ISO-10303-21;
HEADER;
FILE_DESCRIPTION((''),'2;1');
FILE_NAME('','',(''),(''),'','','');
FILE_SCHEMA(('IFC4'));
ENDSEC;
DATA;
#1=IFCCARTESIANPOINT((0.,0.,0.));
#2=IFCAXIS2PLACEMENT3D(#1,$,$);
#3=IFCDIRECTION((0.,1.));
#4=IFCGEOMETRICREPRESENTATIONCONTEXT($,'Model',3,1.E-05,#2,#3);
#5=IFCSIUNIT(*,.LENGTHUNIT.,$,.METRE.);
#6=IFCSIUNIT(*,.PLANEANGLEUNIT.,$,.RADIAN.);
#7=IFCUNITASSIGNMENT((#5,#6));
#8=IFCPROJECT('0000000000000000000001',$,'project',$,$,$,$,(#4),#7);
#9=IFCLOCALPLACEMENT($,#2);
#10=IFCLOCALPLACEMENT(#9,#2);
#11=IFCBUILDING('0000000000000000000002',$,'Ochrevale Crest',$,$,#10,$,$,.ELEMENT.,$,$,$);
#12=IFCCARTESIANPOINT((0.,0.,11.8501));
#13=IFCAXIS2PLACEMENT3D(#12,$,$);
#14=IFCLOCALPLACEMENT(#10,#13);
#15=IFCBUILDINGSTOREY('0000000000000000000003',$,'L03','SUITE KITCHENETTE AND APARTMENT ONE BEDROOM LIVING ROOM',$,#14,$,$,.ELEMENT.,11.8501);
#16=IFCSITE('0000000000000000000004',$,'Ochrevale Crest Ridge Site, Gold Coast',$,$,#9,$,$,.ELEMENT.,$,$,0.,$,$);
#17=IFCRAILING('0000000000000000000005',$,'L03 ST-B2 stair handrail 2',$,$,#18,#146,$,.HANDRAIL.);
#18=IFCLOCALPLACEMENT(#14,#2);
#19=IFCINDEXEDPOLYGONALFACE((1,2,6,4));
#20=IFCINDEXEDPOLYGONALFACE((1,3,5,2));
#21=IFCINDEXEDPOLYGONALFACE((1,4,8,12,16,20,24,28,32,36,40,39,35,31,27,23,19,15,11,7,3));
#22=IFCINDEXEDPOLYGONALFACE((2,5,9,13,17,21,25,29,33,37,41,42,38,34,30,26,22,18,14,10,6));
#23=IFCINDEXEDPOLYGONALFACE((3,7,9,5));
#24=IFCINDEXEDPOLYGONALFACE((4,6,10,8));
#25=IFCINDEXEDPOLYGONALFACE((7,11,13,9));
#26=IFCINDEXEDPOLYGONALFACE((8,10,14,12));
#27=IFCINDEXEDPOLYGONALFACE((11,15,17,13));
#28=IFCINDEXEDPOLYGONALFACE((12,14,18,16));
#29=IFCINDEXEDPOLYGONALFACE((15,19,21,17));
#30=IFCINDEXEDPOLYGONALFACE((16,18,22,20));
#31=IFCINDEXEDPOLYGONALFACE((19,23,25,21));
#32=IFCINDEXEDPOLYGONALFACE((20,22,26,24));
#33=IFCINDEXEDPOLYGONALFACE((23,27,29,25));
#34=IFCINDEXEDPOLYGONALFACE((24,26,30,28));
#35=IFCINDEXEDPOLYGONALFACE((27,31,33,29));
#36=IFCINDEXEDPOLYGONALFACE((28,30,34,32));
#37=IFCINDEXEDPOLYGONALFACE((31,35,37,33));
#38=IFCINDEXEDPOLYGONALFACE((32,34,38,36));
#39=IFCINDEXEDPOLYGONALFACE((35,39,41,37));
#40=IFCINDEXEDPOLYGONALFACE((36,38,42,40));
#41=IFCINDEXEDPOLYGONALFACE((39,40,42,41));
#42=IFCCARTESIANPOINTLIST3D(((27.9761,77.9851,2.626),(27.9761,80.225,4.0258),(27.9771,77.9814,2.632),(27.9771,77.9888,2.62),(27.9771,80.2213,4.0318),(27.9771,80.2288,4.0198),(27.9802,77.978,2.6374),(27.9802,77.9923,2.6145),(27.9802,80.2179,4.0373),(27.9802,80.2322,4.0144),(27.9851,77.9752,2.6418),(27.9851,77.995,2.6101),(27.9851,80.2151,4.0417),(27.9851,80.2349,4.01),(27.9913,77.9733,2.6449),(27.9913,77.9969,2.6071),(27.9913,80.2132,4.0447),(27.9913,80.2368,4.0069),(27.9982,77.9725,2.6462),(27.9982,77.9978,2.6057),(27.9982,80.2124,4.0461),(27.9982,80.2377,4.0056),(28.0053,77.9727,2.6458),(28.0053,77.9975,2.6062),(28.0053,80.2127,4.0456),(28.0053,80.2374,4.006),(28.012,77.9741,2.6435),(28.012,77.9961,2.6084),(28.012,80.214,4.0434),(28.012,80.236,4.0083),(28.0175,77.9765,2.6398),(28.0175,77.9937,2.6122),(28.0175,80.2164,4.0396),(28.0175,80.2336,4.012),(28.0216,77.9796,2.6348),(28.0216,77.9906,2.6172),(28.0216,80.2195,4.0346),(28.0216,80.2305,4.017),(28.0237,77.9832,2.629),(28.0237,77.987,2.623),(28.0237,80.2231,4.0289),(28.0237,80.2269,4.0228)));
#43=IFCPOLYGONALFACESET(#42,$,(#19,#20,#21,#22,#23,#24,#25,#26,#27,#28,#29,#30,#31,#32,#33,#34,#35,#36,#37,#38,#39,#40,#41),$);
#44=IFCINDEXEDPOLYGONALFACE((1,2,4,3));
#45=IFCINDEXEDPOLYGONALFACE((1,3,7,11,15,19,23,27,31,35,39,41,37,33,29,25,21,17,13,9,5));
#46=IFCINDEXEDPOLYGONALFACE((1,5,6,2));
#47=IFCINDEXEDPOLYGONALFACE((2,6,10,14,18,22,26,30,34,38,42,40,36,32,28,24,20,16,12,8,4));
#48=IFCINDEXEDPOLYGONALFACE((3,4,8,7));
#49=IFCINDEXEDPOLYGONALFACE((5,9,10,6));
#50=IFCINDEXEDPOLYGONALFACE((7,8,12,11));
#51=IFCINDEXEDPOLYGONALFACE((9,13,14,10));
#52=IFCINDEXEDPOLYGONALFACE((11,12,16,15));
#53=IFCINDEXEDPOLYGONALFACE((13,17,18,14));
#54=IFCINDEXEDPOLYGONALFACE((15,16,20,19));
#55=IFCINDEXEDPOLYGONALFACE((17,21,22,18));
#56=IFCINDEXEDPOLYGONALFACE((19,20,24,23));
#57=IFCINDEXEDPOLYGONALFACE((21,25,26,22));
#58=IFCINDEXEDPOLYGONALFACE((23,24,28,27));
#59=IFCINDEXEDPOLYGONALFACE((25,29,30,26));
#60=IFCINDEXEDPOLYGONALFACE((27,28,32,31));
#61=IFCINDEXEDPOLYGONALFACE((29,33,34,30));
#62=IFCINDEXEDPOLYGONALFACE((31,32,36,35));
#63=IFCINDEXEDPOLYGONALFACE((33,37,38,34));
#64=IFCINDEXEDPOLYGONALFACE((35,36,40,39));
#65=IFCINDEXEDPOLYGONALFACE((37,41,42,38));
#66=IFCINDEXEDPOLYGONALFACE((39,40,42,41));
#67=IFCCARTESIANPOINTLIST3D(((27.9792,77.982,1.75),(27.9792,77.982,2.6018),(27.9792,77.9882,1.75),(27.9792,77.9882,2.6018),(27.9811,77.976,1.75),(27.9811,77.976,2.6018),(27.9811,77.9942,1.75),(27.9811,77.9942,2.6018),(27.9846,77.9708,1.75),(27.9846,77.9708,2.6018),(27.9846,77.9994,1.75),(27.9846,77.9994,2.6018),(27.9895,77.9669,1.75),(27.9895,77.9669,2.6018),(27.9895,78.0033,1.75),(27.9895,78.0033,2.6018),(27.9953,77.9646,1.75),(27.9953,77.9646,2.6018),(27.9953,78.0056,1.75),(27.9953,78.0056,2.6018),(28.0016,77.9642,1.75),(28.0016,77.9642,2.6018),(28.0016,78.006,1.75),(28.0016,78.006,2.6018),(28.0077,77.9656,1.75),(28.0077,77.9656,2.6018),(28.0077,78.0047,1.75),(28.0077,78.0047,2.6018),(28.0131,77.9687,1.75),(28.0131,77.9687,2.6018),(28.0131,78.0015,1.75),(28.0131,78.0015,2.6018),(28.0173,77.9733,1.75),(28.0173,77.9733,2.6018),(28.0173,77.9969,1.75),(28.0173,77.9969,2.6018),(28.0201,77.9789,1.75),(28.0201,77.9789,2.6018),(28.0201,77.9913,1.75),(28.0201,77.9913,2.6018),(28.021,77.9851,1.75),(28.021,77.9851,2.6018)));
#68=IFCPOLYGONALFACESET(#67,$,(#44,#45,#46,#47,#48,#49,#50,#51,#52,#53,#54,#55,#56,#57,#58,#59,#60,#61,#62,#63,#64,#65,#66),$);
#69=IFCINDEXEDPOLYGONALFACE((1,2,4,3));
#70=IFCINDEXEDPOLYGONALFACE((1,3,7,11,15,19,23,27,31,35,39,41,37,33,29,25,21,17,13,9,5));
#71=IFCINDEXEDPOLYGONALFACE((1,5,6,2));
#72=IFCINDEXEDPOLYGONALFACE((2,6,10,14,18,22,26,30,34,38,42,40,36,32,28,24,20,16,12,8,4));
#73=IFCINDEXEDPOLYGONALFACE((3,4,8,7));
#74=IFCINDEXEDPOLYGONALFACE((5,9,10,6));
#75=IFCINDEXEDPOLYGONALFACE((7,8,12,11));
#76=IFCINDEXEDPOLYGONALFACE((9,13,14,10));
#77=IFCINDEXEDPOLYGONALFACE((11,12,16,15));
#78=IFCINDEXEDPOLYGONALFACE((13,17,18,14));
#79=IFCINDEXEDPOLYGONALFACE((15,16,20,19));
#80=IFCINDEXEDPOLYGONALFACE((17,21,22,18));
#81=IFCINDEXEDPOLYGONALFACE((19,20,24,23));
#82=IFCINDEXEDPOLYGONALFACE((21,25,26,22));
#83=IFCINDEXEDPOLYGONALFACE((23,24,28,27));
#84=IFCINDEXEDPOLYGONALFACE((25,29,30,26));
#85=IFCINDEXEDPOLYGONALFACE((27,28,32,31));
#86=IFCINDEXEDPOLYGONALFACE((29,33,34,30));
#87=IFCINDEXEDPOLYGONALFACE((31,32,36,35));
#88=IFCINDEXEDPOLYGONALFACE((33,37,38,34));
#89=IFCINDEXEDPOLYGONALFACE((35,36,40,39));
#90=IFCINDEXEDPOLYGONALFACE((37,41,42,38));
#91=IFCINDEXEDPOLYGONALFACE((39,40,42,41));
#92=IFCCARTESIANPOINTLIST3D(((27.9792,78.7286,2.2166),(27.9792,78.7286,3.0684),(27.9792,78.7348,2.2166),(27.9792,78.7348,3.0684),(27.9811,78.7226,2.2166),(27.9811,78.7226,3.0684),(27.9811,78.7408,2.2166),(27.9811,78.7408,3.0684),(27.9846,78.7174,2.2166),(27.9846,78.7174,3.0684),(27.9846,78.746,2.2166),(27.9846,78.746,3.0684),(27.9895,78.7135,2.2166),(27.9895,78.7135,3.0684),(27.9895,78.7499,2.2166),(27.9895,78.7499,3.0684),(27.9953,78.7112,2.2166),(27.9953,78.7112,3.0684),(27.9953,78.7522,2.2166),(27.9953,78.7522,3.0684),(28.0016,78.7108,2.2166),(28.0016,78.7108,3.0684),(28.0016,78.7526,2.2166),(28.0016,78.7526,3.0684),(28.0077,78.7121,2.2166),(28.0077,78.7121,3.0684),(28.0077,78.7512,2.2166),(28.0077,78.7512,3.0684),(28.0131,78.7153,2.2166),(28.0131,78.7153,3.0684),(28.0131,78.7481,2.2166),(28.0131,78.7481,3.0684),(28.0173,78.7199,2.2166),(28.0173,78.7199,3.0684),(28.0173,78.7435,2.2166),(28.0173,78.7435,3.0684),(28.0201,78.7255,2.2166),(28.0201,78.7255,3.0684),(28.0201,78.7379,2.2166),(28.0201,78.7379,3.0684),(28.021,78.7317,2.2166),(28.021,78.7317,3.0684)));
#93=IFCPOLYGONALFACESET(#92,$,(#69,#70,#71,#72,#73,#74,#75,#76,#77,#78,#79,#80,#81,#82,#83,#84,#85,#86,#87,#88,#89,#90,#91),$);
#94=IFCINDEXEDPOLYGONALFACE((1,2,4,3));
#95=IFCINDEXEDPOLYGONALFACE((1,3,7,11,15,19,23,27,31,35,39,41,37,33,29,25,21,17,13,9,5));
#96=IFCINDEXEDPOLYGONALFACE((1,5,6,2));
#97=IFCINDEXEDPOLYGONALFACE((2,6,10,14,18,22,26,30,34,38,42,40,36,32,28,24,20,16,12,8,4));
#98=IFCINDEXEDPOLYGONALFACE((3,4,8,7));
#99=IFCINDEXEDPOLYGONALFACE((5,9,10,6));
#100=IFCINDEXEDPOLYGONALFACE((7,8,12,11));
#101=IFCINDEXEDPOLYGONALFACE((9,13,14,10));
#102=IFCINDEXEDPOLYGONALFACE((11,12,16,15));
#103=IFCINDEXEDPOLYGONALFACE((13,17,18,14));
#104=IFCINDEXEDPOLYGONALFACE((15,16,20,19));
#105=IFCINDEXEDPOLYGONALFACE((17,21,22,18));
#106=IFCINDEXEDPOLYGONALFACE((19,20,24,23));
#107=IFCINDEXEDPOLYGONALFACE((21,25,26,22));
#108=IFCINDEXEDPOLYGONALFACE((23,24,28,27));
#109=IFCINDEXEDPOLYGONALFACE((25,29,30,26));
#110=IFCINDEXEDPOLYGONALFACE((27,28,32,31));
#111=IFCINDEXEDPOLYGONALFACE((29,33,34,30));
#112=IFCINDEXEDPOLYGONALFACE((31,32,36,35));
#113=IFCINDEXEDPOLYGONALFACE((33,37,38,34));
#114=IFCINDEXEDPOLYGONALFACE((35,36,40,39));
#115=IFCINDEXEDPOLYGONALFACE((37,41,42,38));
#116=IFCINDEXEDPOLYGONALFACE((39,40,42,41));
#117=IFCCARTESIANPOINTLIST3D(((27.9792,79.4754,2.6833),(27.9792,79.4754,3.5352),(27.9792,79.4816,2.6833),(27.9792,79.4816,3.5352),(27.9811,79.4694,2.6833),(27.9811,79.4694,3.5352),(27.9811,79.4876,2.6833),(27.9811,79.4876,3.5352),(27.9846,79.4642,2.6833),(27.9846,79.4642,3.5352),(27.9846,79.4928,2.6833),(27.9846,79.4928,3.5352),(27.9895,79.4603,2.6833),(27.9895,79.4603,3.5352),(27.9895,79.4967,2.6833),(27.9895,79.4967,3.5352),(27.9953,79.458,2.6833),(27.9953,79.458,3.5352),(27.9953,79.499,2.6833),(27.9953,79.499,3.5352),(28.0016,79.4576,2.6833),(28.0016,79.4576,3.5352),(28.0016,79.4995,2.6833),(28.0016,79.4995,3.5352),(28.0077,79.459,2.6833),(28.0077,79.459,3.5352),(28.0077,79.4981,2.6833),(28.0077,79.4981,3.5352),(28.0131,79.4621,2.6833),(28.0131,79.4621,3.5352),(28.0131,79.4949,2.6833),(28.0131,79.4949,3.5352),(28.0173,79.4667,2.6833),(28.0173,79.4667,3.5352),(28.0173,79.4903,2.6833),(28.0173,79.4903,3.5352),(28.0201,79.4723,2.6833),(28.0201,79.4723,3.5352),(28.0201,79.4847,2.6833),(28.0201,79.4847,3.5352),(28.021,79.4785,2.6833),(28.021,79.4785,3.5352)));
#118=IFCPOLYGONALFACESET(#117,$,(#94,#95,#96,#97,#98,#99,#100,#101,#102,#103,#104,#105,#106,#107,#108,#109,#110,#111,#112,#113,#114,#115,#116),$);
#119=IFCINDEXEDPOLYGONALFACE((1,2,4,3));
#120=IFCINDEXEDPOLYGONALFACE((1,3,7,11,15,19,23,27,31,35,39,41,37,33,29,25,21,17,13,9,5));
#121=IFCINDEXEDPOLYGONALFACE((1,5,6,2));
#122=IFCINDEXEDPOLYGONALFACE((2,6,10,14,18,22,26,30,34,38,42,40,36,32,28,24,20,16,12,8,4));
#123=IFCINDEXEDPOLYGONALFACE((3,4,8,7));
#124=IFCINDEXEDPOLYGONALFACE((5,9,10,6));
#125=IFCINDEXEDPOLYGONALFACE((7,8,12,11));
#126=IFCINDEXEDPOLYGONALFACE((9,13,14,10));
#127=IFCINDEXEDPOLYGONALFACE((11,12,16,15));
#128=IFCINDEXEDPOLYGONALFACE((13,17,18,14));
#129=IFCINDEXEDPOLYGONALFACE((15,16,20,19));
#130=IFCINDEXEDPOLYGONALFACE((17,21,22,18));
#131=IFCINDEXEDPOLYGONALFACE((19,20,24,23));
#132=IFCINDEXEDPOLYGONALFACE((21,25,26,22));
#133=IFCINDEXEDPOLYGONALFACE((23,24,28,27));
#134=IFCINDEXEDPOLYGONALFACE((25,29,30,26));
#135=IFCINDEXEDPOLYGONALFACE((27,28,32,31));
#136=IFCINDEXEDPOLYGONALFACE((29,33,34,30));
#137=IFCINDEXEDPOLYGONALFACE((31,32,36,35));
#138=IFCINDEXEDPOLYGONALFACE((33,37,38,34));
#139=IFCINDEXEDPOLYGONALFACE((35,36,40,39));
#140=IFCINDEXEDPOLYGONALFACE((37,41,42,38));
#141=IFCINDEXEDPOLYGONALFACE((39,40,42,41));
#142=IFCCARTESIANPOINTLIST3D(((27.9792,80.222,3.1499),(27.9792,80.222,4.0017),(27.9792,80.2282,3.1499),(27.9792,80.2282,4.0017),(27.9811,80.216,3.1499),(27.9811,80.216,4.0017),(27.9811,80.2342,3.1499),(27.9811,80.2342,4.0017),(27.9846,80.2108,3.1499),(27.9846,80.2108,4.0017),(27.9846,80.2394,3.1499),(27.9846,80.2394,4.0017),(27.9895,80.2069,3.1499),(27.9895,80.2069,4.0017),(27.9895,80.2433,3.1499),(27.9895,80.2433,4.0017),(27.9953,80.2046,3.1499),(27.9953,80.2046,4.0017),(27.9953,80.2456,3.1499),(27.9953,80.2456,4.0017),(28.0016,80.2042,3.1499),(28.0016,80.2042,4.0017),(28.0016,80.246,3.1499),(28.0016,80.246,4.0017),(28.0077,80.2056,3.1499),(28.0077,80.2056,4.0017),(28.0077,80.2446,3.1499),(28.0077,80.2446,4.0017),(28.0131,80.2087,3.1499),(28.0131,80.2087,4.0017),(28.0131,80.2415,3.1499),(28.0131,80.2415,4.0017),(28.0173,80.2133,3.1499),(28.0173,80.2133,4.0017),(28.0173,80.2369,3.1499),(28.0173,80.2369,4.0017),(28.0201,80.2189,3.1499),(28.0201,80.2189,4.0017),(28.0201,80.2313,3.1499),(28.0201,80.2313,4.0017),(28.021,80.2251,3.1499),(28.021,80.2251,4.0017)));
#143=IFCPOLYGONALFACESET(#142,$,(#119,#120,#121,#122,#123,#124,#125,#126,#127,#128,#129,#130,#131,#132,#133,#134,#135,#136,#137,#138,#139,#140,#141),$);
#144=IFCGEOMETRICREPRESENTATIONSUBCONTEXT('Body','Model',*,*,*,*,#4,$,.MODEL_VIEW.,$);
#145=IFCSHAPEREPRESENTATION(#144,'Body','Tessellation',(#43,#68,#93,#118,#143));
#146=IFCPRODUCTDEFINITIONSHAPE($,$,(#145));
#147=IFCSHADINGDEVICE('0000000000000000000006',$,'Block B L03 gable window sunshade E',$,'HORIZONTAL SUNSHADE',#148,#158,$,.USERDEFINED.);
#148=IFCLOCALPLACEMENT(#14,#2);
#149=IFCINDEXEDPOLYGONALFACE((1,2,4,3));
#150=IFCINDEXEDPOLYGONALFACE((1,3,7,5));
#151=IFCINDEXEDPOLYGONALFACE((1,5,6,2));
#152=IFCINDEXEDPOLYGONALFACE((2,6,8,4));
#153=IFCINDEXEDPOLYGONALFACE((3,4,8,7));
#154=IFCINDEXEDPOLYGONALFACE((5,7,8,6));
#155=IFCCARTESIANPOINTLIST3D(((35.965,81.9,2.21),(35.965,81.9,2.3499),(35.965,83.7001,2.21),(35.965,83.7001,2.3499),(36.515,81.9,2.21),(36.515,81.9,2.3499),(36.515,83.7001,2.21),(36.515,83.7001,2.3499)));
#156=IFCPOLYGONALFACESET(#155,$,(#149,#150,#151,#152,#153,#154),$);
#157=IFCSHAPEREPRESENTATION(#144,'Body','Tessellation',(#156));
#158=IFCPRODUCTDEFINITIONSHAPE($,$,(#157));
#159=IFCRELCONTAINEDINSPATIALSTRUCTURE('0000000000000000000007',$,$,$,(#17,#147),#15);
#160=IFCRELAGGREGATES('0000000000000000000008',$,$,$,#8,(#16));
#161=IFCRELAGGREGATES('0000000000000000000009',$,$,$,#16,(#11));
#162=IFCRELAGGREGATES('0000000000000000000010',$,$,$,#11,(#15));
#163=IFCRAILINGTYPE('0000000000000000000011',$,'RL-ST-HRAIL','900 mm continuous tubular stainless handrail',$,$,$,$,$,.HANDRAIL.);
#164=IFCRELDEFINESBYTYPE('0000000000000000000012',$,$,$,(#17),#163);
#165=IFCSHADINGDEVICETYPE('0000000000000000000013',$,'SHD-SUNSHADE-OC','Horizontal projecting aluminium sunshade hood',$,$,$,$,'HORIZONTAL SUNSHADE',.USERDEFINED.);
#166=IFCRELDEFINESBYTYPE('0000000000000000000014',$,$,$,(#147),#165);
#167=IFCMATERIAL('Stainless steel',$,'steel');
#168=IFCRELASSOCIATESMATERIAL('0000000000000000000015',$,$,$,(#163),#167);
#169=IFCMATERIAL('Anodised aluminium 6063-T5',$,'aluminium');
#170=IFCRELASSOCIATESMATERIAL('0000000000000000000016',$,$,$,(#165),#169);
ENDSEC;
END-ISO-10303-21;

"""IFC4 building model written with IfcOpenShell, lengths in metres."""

from ifc_helpers import new_model, si_unit, direction, frame, origin, origin_2d, place, context, subcontext, project, spatial, rectangle, circle, extrude, material, type_object, element, save


model = new_model("IFC4")

# Units and contexts
model_context = context("Model", 3, precision=1e-05, world=origin(), true_north=direction((0.0, 1.0)))
body_context = subcontext(model_context, "Body", "Model", "MODEL_VIEW")
ifc_project = project(units=[si_unit("LENGTHUNIT", "METRE"), si_unit("PLANEANGLEUNIT", "RADIAN")], contexts=[model_context])

# Site, building, storey
site_placement = place(None, origin())
site = spatial("IfcSite", under=ifc_project, at=site_placement, Name="Ochrevale Crest Ridge Site, Gold Coast", CompositionType="ELEMENT", RefElevation=0.0)
building_placement = place(site_placement, origin())
building = spatial("IfcBuilding", under=site, at=building_placement, Name="Ochrevale Crest", CompositionType="ELEMENT")
storey_placement = place(building_placement, frame((0.0, 0.0, 11.8501)))
storey = spatial("IfcBuildingStorey", under=building, at=storey_placement, Name="L03", Description="SUITE KITCHENETTE AND APARTMENT ONE BEDROOM LIVING ROOM", CompositionType="ELEMENT", Elevation=11.8501)

# Shared definitions
ifc_material_1 = material(Name="Anodised aluminium 6063-T5", Category="aluminium")

# Railing
ifc_material_2 = material(Name="Stainless steel", Category="steel")
railing_type = type_object("IfcRailingType", Name="RL-ST-HRAIL", Description="900 mm continuous tubular stainless handrail", PredefinedType="HANDRAIL", material=ifc_material_2)
railing_placement = place(storey_placement, frame((28.0, 77.9851, 1.75)))
element("IfcRailing", 1, at=railing_placement, inside=storey, type_object=railing_type, Name="L03 ST-B2 stair handrail 2", PredefinedType="HANDRAIL", context=body_context, shape_type="SweptSolid", body=[
    extrude(circle(Radius=0.0239, at=origin_2d()), frame((0.0, 0.0, 0.876), z_axis=(0.0, 0.848014, 0.529974), x_axis=(-1.0, 0.0, 0.0)), (0.0, 0.0, 1.0), 2.6414),
    extrude(circle(Radius=0.021, at=origin_2d()), origin(), (0.0, 0.0, 1.0), 0.8518),
    extrude(circle(Radius=0.021, at=origin_2d()), frame((0.0, 0.7466, 0.4666)), (0.0, 0.0, 1.0), 0.8518),
    extrude(circle(Radius=0.021, at=origin_2d()), frame((0.0, 1.4934, 0.9333)), (0.0, 0.0, 1.0), 0.8518),
    extrude(circle(Radius=0.021, at=origin_2d()), frame((0.0, 2.24, 1.3999)), (0.0, 0.0, 1.0), 0.8518),
])

# Shading device
shading_device_type = type_object("IfcShadingDeviceType", Name="SHD-SUNSHADE-OC", Description="Horizontal projecting aluminium sunshade hood", ElementType="HORIZONTAL SUNSHADE", PredefinedType="USERDEFINED", material=ifc_material_1)
shading_device_placement = place(storey_placement, frame((36.24, 82.8, 2.21), z_axis=(0.0, 0.0, 1.0), x_axis=(1.0, 0.0, 0.0)))
element("IfcShadingDevice", 2, at=shading_device_placement, inside=storey, type_object=shading_device_type, Name="Block B L03 gable window sunshade E", ObjectType="HORIZONTAL SUNSHADE", PredefinedType="USERDEFINED", context=body_context, shape_type="SweptSolid", body=[
    extrude(rectangle(XDim=0.55, YDim=1.8, at=origin_2d()), origin(), (0.0, 0.0, 1.0), 0.1399),
])

save(model, "model.ifc")
